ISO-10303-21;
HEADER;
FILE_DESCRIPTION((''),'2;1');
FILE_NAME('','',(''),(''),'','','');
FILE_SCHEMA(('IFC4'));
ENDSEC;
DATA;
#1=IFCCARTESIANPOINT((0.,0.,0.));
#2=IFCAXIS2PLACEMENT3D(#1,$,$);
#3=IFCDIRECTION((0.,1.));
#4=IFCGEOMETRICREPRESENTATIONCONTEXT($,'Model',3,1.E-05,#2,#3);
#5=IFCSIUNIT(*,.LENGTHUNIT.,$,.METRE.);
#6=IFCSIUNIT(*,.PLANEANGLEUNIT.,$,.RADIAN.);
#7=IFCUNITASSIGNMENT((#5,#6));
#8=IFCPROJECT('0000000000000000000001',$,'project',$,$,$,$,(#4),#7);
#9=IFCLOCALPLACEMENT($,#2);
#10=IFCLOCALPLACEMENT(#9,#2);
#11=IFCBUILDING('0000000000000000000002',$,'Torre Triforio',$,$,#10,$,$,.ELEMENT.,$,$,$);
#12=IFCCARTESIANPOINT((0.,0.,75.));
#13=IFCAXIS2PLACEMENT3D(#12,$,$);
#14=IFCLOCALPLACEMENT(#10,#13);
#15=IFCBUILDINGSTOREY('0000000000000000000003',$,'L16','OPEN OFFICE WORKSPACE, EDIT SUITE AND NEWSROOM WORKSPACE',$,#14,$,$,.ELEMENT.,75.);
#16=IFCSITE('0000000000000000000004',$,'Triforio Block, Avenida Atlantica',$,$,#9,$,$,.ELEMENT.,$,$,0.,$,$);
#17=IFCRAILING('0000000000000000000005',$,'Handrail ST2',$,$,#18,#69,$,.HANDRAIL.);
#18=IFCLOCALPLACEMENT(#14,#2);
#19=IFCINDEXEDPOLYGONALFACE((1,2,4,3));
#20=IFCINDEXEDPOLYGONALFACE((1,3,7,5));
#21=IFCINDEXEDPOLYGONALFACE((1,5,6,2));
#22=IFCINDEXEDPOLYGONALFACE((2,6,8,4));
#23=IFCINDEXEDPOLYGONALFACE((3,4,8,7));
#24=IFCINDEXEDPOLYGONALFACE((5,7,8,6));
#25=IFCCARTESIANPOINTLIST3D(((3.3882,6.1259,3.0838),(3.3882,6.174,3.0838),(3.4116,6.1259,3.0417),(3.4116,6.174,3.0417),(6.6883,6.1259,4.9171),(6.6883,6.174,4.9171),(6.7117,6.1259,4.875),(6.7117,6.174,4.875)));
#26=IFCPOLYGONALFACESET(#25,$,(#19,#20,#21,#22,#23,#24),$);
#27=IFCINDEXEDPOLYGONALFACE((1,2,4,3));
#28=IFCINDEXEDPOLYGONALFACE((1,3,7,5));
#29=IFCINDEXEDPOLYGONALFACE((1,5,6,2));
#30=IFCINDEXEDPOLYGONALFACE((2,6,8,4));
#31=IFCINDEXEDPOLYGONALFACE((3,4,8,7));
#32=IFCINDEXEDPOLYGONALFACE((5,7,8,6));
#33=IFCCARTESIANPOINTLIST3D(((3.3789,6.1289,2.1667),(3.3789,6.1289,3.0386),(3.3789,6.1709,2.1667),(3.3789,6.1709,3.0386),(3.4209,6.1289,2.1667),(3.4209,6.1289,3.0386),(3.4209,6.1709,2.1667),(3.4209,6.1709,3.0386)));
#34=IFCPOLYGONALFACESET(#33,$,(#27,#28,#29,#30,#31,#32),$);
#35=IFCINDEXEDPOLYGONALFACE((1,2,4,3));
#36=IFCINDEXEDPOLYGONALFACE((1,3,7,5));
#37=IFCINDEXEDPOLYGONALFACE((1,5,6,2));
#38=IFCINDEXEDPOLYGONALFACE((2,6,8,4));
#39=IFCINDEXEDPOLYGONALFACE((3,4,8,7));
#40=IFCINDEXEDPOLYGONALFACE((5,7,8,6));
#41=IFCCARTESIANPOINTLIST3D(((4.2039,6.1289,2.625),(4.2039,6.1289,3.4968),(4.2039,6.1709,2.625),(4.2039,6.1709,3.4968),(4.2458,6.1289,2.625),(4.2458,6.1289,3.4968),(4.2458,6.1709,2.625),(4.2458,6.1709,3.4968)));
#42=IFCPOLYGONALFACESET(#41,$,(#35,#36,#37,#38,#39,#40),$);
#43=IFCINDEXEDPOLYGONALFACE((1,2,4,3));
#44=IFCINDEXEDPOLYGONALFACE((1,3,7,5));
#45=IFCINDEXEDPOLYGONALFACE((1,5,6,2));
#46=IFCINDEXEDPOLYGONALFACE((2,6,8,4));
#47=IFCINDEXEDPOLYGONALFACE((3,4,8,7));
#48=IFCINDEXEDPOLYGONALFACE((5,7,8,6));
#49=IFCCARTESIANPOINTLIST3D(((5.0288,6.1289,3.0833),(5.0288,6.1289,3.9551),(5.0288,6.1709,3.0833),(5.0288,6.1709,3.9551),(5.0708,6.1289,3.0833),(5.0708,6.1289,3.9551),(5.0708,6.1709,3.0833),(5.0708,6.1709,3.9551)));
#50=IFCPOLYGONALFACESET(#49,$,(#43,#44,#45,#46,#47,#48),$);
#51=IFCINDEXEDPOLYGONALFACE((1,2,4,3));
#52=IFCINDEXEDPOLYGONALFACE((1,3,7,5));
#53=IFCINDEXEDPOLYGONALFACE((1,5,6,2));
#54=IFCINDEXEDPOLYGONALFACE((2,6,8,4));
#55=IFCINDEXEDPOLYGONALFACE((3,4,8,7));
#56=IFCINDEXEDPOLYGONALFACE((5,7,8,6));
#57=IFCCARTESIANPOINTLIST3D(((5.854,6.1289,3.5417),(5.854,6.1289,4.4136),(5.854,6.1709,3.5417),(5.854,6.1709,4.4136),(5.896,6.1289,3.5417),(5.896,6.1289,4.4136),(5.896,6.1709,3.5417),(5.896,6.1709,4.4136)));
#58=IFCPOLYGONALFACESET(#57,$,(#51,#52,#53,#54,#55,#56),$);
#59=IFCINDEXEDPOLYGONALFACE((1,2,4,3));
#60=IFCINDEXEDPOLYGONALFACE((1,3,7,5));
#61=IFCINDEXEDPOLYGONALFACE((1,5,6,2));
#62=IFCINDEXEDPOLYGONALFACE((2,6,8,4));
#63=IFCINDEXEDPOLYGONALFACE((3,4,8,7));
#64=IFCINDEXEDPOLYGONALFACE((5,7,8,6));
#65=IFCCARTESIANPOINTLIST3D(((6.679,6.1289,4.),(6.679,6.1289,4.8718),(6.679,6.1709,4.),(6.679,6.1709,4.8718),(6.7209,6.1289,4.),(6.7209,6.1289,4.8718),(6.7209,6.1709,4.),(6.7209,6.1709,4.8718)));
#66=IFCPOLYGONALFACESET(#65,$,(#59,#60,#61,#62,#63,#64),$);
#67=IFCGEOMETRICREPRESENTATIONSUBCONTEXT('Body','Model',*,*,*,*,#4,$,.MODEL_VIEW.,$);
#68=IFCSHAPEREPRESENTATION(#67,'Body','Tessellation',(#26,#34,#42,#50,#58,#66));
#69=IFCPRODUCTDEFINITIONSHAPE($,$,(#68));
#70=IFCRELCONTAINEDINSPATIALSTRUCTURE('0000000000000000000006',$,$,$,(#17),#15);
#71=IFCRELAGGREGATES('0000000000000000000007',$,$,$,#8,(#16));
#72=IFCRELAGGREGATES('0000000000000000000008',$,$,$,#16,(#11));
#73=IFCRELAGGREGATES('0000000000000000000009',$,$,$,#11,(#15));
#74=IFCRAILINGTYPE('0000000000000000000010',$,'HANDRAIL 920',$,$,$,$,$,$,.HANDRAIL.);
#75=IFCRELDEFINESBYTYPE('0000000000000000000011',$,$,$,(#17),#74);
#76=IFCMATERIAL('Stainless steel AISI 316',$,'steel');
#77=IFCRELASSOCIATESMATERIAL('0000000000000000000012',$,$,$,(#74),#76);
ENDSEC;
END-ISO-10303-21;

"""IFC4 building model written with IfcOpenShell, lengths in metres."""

from ifc_helpers import new_model, si_unit, direction, frame, origin, origin_2d, place, context, subcontext, project, spatial, rectangle, extrude, material, type_object, element, save


model = new_model("IFC4")

# Units and contexts
model_context = context("Model", 3, precision=1e-05, world=origin(), true_north=direction((0.0, 1.0)))
body_context = subcontext(model_context, "Body", "Model", "MODEL_VIEW")
ifc_project = project(units=[si_unit("LENGTHUNIT", "METRE"), si_unit("PLANEANGLEUNIT", "RADIAN")], contexts=[model_context])

# Site, building, storey
site_placement = place(None, origin())
site = spatial("IfcSite", under=ifc_project, at=site_placement, Name="Triforio Block, Avenida Atlantica", CompositionType="ELEMENT", RefElevation=0.0)
building_placement = place(site_placement, origin())
building = spatial("IfcBuilding", under=site, at=building_placement, Name="Torre Triforio", CompositionType="ELEMENT")
storey_placement = place(building_placement, frame((0.0, 0.0, 75.0)))
storey = spatial("IfcBuildingStorey", under=building, at=storey_placement, Name="L16", Description="OPEN OFFICE WORKSPACE, EDIT SUITE AND NEWSROOM WORKSPACE", CompositionType="ELEMENT", Elevation=75.0)

# Railing
ifc_material_1 = material(Name="Stainless steel AISI 316", Category="steel")
railing_type = type_object("IfcRailingType", Name="HANDRAIL 920", PredefinedType="HANDRAIL", material=ifc_material_1)
for number, where, name in (
    (1, (3.3999, 6.1499, 2.1667), "Handrail ST2"),
):
    element("IfcRailing", number, at=place(storey_placement, frame(where)), inside=storey, type_object=railing_type, Name=name, PredefinedType="HANDRAIL", context=body_context, shape_type="SweptSolid", body=[
        extrude(rectangle(XDim=0.0481, YDim=0.0481, at=origin_2d()), frame((0.0, 0.0, 0.896), z_axis=(0.874169, 0.0, 0.485621), x_axis=(0.0, 1.0, 0.0)), (0.0, 0.0, 1.0), 3.7751),
        extrude(rectangle(XDim=0.042, YDim=0.042, at=origin_2d()), origin(), (0.0, 0.0, 1.0), 0.8718),
        extrude(rectangle(XDim=0.042, YDim=0.042, at=origin_2d()), frame((0.825, 0.0, 0.4583)), (0.0, 0.0, 1.0), 0.8718),
        extrude(rectangle(XDim=0.042, YDim=0.042, at=origin_2d()), frame((1.6499, 0.0, 0.9165)), (0.0, 0.0, 1.0), 0.8718),
        extrude(rectangle(XDim=0.042, YDim=0.042, at=origin_2d()), frame((2.4751, 0.0, 1.375)), (0.0, 0.0, 1.0), 0.8718),
        extrude(rectangle(XDim=0.042, YDim=0.042, at=origin_2d()), frame((3.3, 0.0, 1.8333)), (0.0, 0.0, 1.0), 0.8718),
    ])

save(model, "model.ifc")
